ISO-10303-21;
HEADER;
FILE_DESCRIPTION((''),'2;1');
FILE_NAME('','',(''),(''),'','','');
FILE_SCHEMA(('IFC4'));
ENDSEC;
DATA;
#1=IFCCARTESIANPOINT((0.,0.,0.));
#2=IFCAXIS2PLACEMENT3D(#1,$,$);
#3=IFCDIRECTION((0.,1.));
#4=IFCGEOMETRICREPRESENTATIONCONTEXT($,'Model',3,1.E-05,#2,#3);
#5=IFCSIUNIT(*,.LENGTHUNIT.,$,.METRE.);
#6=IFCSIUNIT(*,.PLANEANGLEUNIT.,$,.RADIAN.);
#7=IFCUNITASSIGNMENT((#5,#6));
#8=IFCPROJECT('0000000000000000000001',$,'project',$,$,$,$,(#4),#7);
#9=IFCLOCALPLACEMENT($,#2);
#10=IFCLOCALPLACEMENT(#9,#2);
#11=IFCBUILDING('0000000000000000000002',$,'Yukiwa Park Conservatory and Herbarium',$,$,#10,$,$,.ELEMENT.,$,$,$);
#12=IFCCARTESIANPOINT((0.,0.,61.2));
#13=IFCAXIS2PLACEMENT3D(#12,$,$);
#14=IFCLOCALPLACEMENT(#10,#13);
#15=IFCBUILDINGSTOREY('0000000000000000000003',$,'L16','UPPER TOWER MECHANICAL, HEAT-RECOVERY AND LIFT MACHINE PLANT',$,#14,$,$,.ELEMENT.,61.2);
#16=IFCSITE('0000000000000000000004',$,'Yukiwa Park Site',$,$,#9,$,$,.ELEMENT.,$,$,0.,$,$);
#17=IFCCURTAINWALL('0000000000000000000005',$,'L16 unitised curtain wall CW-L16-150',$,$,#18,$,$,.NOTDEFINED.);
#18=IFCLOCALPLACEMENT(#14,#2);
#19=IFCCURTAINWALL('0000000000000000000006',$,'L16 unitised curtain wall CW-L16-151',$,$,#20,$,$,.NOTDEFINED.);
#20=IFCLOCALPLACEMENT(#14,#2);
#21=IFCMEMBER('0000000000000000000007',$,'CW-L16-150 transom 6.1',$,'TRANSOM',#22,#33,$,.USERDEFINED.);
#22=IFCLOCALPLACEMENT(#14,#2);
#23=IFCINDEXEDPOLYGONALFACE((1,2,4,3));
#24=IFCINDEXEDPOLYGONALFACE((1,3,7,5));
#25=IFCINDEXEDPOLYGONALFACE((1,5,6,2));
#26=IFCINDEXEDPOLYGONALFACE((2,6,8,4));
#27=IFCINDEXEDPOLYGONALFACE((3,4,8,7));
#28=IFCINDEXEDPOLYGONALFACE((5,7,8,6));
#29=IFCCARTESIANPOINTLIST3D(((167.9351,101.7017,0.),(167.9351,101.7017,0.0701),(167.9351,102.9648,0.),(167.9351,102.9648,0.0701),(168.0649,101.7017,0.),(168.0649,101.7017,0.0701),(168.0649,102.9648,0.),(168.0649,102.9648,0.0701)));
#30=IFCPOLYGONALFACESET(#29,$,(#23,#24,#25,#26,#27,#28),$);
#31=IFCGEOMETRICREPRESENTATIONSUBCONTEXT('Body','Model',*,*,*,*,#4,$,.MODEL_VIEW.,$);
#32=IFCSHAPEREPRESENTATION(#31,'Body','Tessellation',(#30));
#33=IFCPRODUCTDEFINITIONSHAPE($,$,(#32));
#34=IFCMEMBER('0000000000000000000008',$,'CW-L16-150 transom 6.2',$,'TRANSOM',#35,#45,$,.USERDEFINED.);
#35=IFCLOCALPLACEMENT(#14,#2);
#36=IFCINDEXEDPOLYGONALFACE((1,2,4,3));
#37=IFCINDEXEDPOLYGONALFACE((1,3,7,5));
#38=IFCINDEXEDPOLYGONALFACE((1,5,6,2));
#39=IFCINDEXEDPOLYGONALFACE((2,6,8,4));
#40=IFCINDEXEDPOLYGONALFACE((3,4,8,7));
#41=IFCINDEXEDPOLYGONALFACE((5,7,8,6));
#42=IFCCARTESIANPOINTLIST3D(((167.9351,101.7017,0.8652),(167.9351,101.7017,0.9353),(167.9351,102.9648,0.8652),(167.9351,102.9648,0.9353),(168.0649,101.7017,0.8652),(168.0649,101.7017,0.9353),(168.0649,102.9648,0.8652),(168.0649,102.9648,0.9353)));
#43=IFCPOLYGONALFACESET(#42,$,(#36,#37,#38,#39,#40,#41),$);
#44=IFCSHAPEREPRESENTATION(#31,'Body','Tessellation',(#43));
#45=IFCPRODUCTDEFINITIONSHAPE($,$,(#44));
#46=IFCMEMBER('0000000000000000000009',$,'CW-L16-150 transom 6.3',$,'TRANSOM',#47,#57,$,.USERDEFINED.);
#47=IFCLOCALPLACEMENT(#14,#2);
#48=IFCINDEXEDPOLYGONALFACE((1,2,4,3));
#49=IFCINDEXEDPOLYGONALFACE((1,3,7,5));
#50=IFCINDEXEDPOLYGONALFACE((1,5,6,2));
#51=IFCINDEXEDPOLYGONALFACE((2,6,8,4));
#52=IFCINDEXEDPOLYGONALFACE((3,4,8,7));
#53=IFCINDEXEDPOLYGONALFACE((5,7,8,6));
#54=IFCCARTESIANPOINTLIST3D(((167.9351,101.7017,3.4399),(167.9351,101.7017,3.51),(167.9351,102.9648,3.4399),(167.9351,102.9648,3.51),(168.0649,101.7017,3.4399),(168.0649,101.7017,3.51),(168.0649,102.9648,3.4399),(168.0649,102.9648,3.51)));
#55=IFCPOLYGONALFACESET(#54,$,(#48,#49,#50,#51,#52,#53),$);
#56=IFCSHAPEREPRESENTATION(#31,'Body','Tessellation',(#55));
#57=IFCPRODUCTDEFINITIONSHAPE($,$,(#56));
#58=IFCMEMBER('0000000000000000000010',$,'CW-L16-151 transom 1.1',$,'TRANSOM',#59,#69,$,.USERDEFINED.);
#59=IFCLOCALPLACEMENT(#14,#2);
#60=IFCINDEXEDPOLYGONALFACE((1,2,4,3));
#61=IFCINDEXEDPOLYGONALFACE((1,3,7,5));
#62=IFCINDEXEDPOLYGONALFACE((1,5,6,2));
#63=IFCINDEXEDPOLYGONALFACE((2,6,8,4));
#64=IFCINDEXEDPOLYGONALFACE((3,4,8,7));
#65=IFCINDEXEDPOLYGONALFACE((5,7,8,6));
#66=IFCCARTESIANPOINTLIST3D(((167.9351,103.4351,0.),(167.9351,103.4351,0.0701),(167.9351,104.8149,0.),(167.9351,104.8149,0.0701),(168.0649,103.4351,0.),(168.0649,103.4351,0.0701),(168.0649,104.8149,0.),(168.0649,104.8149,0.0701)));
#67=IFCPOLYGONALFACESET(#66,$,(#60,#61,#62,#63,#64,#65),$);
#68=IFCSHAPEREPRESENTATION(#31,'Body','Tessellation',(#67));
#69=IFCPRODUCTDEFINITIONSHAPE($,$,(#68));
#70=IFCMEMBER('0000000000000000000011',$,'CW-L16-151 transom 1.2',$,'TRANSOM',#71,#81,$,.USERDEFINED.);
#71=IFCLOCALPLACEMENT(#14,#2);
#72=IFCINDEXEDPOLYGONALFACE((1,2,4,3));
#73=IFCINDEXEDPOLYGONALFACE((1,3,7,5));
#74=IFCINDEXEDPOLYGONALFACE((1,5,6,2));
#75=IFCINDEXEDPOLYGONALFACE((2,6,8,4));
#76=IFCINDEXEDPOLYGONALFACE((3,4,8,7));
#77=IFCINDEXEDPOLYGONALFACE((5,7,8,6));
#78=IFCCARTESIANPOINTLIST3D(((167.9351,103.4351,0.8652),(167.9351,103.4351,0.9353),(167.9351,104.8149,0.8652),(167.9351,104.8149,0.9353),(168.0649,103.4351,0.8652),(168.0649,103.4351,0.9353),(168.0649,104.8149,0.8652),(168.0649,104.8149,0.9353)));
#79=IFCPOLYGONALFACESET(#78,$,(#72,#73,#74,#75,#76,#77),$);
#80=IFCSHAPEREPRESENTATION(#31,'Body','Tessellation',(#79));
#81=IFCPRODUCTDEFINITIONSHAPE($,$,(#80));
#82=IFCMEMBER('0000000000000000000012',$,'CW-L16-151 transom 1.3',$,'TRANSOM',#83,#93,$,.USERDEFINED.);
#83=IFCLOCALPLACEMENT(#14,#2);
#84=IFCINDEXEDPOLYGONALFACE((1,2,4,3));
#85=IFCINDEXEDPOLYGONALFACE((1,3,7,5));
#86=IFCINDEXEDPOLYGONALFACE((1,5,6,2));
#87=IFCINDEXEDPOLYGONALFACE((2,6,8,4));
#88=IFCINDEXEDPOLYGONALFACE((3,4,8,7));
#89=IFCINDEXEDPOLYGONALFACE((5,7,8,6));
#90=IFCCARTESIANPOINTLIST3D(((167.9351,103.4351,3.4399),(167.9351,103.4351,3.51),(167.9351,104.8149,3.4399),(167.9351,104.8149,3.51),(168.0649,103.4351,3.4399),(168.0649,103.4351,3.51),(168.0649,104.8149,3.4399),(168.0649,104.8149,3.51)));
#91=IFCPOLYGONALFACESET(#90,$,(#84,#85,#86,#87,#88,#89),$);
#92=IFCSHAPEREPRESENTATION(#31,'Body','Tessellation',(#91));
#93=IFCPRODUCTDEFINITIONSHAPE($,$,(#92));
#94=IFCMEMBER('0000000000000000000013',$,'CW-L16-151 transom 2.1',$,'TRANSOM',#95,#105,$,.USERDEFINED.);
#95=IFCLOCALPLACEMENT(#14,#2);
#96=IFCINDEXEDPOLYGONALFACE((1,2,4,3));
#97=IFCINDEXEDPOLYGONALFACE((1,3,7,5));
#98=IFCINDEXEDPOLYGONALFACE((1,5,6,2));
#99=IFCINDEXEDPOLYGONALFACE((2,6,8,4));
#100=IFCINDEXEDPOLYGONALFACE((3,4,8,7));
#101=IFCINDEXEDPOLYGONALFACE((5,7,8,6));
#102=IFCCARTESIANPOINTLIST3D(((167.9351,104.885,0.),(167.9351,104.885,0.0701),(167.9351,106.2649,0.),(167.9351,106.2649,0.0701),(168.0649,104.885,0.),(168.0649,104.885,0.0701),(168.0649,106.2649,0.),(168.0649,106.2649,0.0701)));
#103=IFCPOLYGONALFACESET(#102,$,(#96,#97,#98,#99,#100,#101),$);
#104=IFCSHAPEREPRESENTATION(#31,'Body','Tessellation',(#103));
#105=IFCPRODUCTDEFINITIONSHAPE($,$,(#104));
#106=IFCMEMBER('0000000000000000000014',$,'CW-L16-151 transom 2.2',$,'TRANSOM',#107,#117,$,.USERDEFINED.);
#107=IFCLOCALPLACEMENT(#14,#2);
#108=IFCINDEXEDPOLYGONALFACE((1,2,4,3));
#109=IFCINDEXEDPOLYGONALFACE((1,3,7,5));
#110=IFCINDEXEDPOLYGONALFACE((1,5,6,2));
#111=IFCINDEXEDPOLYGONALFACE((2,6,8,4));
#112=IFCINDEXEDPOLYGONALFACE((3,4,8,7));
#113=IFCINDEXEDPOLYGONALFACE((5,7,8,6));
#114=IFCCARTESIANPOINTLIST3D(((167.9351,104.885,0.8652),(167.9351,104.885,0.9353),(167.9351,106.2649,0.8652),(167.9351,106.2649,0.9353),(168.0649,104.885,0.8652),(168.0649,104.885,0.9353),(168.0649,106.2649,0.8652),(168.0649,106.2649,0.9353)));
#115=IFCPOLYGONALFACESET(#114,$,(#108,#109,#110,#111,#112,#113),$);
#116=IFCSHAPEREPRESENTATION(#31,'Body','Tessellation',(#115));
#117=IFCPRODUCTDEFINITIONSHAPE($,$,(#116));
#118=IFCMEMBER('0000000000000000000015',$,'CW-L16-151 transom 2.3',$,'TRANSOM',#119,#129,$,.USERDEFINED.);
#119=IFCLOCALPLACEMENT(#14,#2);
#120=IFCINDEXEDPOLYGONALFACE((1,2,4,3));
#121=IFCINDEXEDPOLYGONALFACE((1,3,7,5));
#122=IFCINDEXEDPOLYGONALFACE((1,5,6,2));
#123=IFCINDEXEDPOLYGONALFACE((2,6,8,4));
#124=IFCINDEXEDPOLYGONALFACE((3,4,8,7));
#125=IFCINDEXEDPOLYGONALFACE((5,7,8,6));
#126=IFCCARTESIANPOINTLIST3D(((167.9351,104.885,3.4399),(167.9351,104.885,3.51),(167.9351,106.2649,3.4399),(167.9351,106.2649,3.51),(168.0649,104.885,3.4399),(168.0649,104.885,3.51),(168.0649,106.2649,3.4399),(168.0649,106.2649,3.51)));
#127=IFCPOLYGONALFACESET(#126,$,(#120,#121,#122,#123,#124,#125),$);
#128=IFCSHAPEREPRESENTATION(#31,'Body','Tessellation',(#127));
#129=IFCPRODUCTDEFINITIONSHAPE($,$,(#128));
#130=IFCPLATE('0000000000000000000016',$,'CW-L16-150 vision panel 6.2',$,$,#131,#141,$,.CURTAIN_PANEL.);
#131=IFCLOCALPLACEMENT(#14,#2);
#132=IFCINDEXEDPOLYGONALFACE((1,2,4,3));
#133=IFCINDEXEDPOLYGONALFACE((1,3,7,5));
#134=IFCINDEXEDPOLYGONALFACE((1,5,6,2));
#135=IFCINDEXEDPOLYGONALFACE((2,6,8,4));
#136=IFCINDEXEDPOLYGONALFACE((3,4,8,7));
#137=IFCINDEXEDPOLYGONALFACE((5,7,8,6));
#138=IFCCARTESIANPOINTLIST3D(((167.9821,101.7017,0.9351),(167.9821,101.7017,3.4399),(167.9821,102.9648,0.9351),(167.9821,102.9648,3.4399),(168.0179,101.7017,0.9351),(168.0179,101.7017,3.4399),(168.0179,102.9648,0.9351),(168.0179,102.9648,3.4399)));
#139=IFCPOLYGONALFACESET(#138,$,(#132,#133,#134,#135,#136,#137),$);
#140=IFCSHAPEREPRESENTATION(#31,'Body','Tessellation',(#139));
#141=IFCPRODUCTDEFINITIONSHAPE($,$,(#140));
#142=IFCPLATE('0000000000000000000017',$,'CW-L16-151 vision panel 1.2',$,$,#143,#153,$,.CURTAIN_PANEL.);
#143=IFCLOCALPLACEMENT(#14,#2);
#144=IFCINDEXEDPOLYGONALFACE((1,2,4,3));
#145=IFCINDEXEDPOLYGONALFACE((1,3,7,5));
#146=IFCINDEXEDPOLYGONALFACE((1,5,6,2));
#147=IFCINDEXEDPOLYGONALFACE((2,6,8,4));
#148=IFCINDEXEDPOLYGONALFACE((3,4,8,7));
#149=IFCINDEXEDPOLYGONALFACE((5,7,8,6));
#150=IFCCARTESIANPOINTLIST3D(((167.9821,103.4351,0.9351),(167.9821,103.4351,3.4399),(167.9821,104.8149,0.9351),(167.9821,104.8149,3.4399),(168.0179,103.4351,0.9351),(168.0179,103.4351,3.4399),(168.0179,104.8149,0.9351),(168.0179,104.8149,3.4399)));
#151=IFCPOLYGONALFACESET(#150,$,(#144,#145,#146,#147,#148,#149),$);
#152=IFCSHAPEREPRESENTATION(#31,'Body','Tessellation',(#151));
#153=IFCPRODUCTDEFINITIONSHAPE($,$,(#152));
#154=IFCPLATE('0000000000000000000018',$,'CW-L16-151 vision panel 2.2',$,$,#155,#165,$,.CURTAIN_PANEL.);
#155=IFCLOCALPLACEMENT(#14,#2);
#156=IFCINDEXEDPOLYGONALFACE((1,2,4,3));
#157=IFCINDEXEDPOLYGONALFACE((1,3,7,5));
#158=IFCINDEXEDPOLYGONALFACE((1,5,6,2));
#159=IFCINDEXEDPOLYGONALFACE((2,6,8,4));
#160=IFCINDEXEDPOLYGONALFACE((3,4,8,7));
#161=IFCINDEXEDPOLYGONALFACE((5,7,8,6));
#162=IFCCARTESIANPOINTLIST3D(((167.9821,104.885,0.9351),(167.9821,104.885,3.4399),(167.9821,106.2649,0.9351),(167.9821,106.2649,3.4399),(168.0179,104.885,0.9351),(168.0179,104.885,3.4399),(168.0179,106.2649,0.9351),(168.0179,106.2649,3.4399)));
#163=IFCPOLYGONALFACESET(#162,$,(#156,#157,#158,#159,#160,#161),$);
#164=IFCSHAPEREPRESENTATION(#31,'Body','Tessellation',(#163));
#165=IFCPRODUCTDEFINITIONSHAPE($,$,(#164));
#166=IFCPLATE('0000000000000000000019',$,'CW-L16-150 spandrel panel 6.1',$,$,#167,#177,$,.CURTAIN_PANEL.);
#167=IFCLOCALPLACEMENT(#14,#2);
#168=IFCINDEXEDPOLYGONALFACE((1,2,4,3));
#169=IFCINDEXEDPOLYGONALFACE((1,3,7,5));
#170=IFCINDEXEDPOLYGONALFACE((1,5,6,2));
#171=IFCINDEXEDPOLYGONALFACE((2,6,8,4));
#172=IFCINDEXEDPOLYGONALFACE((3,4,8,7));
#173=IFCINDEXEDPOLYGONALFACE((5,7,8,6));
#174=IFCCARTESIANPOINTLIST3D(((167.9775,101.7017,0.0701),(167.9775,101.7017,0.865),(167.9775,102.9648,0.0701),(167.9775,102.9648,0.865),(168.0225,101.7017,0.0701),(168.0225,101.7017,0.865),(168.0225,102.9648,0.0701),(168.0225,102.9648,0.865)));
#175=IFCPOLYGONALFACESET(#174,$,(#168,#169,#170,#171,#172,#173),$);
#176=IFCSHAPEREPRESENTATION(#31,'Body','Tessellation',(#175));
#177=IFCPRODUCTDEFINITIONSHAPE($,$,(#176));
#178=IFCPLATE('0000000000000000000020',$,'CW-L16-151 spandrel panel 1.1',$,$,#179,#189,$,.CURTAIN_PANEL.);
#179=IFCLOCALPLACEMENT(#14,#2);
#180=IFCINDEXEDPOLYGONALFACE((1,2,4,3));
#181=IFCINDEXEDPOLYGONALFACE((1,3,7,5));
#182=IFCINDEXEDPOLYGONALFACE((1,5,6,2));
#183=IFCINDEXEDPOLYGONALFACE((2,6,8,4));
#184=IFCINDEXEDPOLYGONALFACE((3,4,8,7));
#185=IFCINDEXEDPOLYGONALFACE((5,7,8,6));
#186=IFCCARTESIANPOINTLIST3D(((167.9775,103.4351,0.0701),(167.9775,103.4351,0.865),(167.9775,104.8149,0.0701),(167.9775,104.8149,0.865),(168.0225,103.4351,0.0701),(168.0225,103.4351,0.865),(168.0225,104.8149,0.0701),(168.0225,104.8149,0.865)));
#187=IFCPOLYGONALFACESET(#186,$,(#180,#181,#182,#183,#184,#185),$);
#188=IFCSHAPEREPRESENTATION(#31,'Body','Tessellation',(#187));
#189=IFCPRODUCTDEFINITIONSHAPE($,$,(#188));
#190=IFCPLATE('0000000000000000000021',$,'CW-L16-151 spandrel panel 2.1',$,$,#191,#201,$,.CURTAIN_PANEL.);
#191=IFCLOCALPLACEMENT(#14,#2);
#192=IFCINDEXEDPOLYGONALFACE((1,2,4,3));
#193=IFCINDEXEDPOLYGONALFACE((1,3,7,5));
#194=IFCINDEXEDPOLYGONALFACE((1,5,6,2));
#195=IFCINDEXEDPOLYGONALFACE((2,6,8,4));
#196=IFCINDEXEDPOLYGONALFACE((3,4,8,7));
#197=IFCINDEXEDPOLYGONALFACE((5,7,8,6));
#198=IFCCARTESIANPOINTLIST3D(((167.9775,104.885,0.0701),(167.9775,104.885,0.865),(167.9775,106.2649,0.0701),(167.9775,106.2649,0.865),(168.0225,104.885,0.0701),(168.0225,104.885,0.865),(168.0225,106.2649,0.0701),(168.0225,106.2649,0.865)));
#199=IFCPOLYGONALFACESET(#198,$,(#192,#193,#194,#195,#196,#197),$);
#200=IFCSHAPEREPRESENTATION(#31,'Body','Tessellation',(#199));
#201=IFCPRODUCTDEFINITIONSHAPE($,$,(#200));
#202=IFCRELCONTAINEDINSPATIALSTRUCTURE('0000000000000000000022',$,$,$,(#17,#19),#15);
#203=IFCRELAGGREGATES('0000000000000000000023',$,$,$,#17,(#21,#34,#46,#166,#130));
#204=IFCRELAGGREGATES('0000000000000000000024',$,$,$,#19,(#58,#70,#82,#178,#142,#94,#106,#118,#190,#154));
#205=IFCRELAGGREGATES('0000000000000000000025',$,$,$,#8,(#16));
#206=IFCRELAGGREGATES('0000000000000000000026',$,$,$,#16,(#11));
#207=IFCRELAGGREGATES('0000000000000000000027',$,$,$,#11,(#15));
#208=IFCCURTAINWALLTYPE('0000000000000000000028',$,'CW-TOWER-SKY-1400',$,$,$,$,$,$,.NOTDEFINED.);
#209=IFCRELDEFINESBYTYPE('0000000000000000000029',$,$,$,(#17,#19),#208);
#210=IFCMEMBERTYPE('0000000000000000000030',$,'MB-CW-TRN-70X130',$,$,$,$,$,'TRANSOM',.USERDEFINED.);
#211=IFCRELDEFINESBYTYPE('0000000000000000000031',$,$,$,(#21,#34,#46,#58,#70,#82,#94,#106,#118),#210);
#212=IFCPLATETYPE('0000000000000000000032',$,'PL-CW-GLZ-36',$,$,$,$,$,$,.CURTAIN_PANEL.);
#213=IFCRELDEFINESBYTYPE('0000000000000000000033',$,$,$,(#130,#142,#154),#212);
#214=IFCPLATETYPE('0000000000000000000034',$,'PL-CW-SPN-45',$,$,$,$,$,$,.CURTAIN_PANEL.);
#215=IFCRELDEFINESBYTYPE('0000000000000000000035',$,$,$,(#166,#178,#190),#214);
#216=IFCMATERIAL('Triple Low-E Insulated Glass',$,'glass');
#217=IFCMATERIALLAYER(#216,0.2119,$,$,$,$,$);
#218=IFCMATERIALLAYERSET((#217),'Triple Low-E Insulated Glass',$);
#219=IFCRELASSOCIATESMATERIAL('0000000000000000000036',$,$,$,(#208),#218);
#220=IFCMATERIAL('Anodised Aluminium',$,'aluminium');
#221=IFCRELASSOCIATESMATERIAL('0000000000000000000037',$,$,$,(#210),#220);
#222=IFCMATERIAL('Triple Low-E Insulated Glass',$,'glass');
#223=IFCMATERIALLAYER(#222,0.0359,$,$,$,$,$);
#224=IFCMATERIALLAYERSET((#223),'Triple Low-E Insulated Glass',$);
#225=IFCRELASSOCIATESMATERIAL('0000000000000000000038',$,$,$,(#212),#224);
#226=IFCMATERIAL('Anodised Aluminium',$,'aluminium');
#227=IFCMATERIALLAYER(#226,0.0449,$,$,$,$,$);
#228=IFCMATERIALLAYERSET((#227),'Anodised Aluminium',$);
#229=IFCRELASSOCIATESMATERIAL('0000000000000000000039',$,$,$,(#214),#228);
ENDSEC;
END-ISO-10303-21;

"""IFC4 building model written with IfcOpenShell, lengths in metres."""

from ifc_helpers import new_model, si_unit, direction, frame, origin, origin_2d, place, context, subcontext, project, spatial, rectangle, extrude, material, layer, layer_set, type_object, element, aggregate, save


model = new_model("IFC4")

# Units and contexts
model_context = context("Model", 3, precision=1e-05, world=origin(), true_north=direction((0.0, 1.0)))
body_context = subcontext(model_context, "Body", "Model", "MODEL_VIEW")
ifc_project = project(units=[si_unit("LENGTHUNIT", "METRE"), si_unit("PLANEANGLEUNIT", "RADIAN")], contexts=[model_context])

# Site, building, storey
site_placement = place(None, origin())
site = spatial("IfcSite", under=ifc_project, at=site_placement, Name="Yukiwa Park Site", CompositionType="ELEMENT", RefElevation=0.0)
building_placement = place(site_placement, origin())
building = spatial("IfcBuilding", under=site, at=building_placement, Name="Yukiwa Park Conservatory and Herbarium", CompositionType="ELEMENT")
storey_placement = place(building_placement, frame((0.0, 0.0, 61.2)))
storey = spatial("IfcBuildingStorey", under=building, at=storey_placement, Name="L16", Description="UPPER TOWER MECHANICAL, HEAT-RECOVERY AND LIFT MACHINE PLANT", CompositionType="ELEMENT", Elevation=61.2)

# Curtain walls
ifc_material_1 = material(Name="Triple Low-E Insulated Glass", Category="glass")
ifc_layer_1 = layer(ifc_material_1, 0.2119)
ifc_layer_set_1 = layer_set([ifc_layer_1], Name="Triple Low-E Insulated Glass")
curtain_wall_type = type_object("IfcCurtainWallType", Name="CW-TOWER-SKY-1400", PredefinedType="NOTDEFINED", material=ifc_layer_set_1)
curtain_wall_1_placement = place(storey_placement, origin())
curtain_wall_1 = element("IfcCurtainWall", 1, at=curtain_wall_1_placement, inside=storey, type_object=curtain_wall_type, Name="L16 unitised curtain wall CW-L16-150", PredefinedType="NOTDEFINED")
curtain_wall_2_placement = place(storey_placement, origin())
curtain_wall_2 = element("IfcCurtainWall", 2, at=curtain_wall_2_placement, inside=storey, type_object=curtain_wall_type, Name="L16 unitised curtain wall CW-L16-151", PredefinedType="NOTDEFINED")

# Members
ifc_material_2 = material(Name="Anodised Aluminium", Category="aluminium")
member_type_1 = type_object("IfcMemberType", Name="MB-CW-TRN-70X130", ElementType="TRANSOM", PredefinedType="USERDEFINED", material=ifc_material_2)
member_1_placement = place(storey_placement, frame((168.0, 102.3333, 0.0), z_axis=(0.0, 0.0, 1.0), x_axis=(0.0, 1.0, 0.0)))
member_1 = element("IfcMember", 3, at=member_1_placement, type_object=member_type_1, Name="CW-L16-150 transom 6.1", ObjectType="TRANSOM", PredefinedType="USERDEFINED", context=body_context, shape_type="SweptSolid", body=[
    extrude(rectangle(XDim=1.2632, YDim=0.1299, at=origin_2d()), origin(), (0.0, 0.0, 1.0), 0.0701),
])
member_2_placement = place(storey_placement, frame((168.0, 102.3333, 0.8652), z_axis=(0.0, 0.0, 1.0), x_axis=(0.0, 1.0, 0.0)))
member_2 = element("IfcMember", 4, at=member_2_placement, type_object=member_type_1, Name="CW-L16-150 transom 6.2", ObjectType="TRANSOM", PredefinedType="USERDEFINED", context=body_context, shape_type="SweptSolid", body=[
    extrude(rectangle(XDim=1.2632, YDim=0.1299, at=origin_2d()), origin(), (0.0, 0.0, 1.0), 0.0701),
])
member_3_placement = place(storey_placement, frame((168.0, 102.3333, 3.4399), z_axis=(0.0, 0.0, 1.0), x_axis=(0.0, 1.0, 0.0)))
member_3 = element("IfcMember", 5, at=member_3_placement, type_object=member_type_1, Name="CW-L16-150 transom 6.3", ObjectType="TRANSOM", PredefinedType="USERDEFINED", context=body_context, shape_type="SweptSolid", body=[
    extrude(rectangle(XDim=1.2632, YDim=0.1299, at=origin_2d()), origin(), (0.0, 0.0, 1.0), 0.0701),
])
member_4_placement = place(storey_placement, frame((168.0, 104.125, 0.0), z_axis=(0.0, 0.0, 1.0), x_axis=(0.0, 1.0, 0.0)))
member_4 = element("IfcMember", 6, at=member_4_placement, type_object=member_type_1, Name="CW-L16-151 transom 1.1", ObjectType="TRANSOM", PredefinedType="USERDEFINED", context=body_context, shape_type="SweptSolid", body=[
    extrude(rectangle(XDim=1.3799, YDim=0.1299, at=origin_2d()), origin(), (0.0, 0.0, 1.0), 0.0701),
])
member_5_placement = place(storey_placement, frame((168.0, 104.125, 0.8652), z_axis=(0.0, 0.0, 1.0), x_axis=(0.0, 1.0, 0.0)))
member_5 = element("IfcMember", 7, at=member_5_placement, type_object=member_type_1, Name="CW-L16-151 transom 1.2", ObjectType="TRANSOM", PredefinedType="USERDEFINED", context=body_context, shape_type="SweptSolid", body=[
    extrude(rectangle(XDim=1.3799, YDim=0.1299, at=origin_2d()), origin(), (0.0, 0.0, 1.0), 0.0701),
])
member_6_placement = place(storey_placement, frame((168.0, 104.125, 3.4399), z_axis=(0.0, 0.0, 1.0), x_axis=(0.0, 1.0, 0.0)))
member_6 = element("IfcMember", 8, at=member_6_placement, type_object=member_type_1, Name="CW-L16-151 transom 1.3", ObjectType="TRANSOM", PredefinedType="USERDEFINED", context=body_context, shape_type="SweptSolid", body=[
    extrude(rectangle(XDim=1.3799, YDim=0.1299, at=origin_2d()), origin(), (0.0, 0.0, 1.0), 0.0701),
])
member_7_placement = place(storey_placement, frame((168.0, 105.575, 0.0), z_axis=(0.0, 0.0, 1.0), x_axis=(0.0, 1.0, 0.0)))
member_7 = element("IfcMember", 9, at=member_7_placement, type_object=member_type_1, Name="CW-L16-151 transom 2.1", ObjectType="TRANSOM", PredefinedType="USERDEFINED", context=body_context, shape_type="SweptSolid", body=[
    extrude(rectangle(XDim=1.3799, YDim=0.1299, at=origin_2d()), origin(), (0.0, 0.0, 1.0), 0.0701),
])
member_8_placement = place(storey_placement, frame((168.0, 105.575, 0.8652), z_axis=(0.0, 0.0, 1.0), x_axis=(0.0, 1.0, 0.0)))
member_8 = element("IfcMember", 10, at=member_8_placement, type_object=member_type_1, Name="CW-L16-151 transom 2.2", ObjectType="TRANSOM", PredefinedType="USERDEFINED", context=body_context, shape_type="SweptSolid", body=[
    extrude(rectangle(XDim=1.3799, YDim=0.1299, at=origin_2d()), origin(), (0.0, 0.0, 1.0), 0.0701),
])
member_9_placement = place(storey_placement, frame((168.0, 105.575, 3.4399), z_axis=(0.0, 0.0, 1.0), x_axis=(0.0, 1.0, 0.0)))
member_9 = element("IfcMember", 11, at=member_9_placement, type_object=member_type_1, Name="CW-L16-151 transom 2.3", ObjectType="TRANSOM", PredefinedType="USERDEFINED", context=body_context, shape_type="SweptSolid", body=[
    extrude(rectangle(XDim=1.3799, YDim=0.1299, at=origin_2d()), origin(), (0.0, 0.0, 1.0), 0.0701),
])

# Plates
ifc_material_3 = material(Name="Triple Low-E Insulated Glass", Category="glass")
ifc_layer_2 = layer(ifc_material_3, 0.0359)
ifc_layer_set_2 = layer_set([ifc_layer_2], Name="Triple Low-E Insulated Glass")
plate_type_1 = type_object("IfcPlateType", Name="PL-CW-GLZ-36", PredefinedType="CURTAIN_PANEL", material=ifc_layer_set_2)
plate_1_placement = place(storey_placement, frame((168.0, 102.3333, 0.9351), z_axis=(0.0, 0.0, 1.0), x_axis=(0.0, 1.0, 0.0)))
plate_1 = element("IfcPlate", 12, at=plate_1_placement, type_object=plate_type_1, Name="CW-L16-150 vision panel 6.2", PredefinedType="CURTAIN_PANEL", context=body_context, shape_type="SweptSolid", body=[
    extrude(rectangle(XDim=1.2632, YDim=0.0359, at=origin_2d()), origin(), (0.0, 0.0, 1.0), 2.5049),
])
plate_2_placement = place(storey_placement, frame((168.0, 104.125, 0.9351), z_axis=(0.0, 0.0, 1.0), x_axis=(0.0, 1.0, 0.0)))
plate_2 = element("IfcPlate", 13, at=plate_2_placement, type_object=plate_type_1, Name="CW-L16-151 vision panel 1.2", PredefinedType="CURTAIN_PANEL", context=body_context, shape_type="SweptSolid", body=[
    extrude(rectangle(XDim=1.3799, YDim=0.0359, at=origin_2d()), origin(), (0.0, 0.0, 1.0), 2.5049),
])
plate_3_placement = place(storey_placement, frame((168.0, 105.575, 0.9351), z_axis=(0.0, 0.0, 1.0), x_axis=(0.0, 1.0, 0.0)))
plate_3 = element("IfcPlate", 14, at=plate_3_placement, type_object=plate_type_1, Name="CW-L16-151 vision panel 2.2", PredefinedType="CURTAIN_PANEL", context=body_context, shape_type="SweptSolid", body=[
    extrude(rectangle(XDim=1.3799, YDim=0.0359, at=origin_2d()), origin(), (0.0, 0.0, 1.0), 2.5049),
])
ifc_material_4 = material(Name="Anodised Aluminium", Category="aluminium")
ifc_layer_3 = layer(ifc_material_4, 0.0449)
ifc_layer_set_3 = layer_set([ifc_layer_3], Name="Anodised Aluminium")
plate_type_2 = type_object("IfcPlateType", Name="PL-CW-SPN-45", PredefinedType="CURTAIN_PANEL", material=ifc_layer_set_3)
plate_4_placement = place(storey_placement, frame((168.0, 102.3333, 0.0701), z_axis=(0.0, 0.0, 1.0), x_axis=(0.0, 1.0, 0.0)))
plate_4 = element("IfcPlate", 15, at=plate_4_placement, type_object=plate_type_2, Name="CW-L16-150 spandrel panel 6.1", PredefinedType="CURTAIN_PANEL", context=body_context, shape_type="SweptSolid", body=[
    extrude(rectangle(XDim=1.2632, YDim=0.0449, at=origin_2d()), origin(), (0.0, 0.0, 1.0), 0.7949),
])
aggregate(curtain_wall_1, [member_1, member_2, member_3, plate_4, plate_1])
plate_5_placement = place(storey_placement, frame((168.0, 104.125, 0.0701), z_axis=(0.0, 0.0, 1.0), x_axis=(0.0, 1.0, 0.0)))
plate_5 = element("IfcPlate", 16, at=plate_5_placement, type_object=plate_type_2, Name="CW-L16-151 spandrel panel 1.1", PredefinedType="CURTAIN_PANEL", context=body_context, shape_type="SweptSolid", body=[
    extrude(rectangle(XDim=1.3799, YDim=0.0449, at=origin_2d()), origin(), (0.0, 0.0, 1.0), 0.7949),
])
plate_6_placement = place(storey_placement, frame((168.0, 105.575, 0.0701), z_axis=(0.0, 0.0, 1.0), x_axis=(0.0, 1.0, 0.0)))
plate_6 = element("IfcPlate", 17, at=plate_6_placement, type_object=plate_type_2, Name="CW-L16-151 spandrel panel 2.1", PredefinedType="CURTAIN_PANEL", context=body_context, shape_type="SweptSolid", body=[
    extrude(rectangle(XDim=1.3799, YDim=0.0449, at=origin_2d()), origin(), (0.0, 0.0, 1.0), 0.7949),
])
aggregate(curtain_wall_2, [member_4, member_5, member_6, plate_5, plate_2, member_7, member_8, member_9, plate_6, plate_3])

save(model, "model.ifc")
